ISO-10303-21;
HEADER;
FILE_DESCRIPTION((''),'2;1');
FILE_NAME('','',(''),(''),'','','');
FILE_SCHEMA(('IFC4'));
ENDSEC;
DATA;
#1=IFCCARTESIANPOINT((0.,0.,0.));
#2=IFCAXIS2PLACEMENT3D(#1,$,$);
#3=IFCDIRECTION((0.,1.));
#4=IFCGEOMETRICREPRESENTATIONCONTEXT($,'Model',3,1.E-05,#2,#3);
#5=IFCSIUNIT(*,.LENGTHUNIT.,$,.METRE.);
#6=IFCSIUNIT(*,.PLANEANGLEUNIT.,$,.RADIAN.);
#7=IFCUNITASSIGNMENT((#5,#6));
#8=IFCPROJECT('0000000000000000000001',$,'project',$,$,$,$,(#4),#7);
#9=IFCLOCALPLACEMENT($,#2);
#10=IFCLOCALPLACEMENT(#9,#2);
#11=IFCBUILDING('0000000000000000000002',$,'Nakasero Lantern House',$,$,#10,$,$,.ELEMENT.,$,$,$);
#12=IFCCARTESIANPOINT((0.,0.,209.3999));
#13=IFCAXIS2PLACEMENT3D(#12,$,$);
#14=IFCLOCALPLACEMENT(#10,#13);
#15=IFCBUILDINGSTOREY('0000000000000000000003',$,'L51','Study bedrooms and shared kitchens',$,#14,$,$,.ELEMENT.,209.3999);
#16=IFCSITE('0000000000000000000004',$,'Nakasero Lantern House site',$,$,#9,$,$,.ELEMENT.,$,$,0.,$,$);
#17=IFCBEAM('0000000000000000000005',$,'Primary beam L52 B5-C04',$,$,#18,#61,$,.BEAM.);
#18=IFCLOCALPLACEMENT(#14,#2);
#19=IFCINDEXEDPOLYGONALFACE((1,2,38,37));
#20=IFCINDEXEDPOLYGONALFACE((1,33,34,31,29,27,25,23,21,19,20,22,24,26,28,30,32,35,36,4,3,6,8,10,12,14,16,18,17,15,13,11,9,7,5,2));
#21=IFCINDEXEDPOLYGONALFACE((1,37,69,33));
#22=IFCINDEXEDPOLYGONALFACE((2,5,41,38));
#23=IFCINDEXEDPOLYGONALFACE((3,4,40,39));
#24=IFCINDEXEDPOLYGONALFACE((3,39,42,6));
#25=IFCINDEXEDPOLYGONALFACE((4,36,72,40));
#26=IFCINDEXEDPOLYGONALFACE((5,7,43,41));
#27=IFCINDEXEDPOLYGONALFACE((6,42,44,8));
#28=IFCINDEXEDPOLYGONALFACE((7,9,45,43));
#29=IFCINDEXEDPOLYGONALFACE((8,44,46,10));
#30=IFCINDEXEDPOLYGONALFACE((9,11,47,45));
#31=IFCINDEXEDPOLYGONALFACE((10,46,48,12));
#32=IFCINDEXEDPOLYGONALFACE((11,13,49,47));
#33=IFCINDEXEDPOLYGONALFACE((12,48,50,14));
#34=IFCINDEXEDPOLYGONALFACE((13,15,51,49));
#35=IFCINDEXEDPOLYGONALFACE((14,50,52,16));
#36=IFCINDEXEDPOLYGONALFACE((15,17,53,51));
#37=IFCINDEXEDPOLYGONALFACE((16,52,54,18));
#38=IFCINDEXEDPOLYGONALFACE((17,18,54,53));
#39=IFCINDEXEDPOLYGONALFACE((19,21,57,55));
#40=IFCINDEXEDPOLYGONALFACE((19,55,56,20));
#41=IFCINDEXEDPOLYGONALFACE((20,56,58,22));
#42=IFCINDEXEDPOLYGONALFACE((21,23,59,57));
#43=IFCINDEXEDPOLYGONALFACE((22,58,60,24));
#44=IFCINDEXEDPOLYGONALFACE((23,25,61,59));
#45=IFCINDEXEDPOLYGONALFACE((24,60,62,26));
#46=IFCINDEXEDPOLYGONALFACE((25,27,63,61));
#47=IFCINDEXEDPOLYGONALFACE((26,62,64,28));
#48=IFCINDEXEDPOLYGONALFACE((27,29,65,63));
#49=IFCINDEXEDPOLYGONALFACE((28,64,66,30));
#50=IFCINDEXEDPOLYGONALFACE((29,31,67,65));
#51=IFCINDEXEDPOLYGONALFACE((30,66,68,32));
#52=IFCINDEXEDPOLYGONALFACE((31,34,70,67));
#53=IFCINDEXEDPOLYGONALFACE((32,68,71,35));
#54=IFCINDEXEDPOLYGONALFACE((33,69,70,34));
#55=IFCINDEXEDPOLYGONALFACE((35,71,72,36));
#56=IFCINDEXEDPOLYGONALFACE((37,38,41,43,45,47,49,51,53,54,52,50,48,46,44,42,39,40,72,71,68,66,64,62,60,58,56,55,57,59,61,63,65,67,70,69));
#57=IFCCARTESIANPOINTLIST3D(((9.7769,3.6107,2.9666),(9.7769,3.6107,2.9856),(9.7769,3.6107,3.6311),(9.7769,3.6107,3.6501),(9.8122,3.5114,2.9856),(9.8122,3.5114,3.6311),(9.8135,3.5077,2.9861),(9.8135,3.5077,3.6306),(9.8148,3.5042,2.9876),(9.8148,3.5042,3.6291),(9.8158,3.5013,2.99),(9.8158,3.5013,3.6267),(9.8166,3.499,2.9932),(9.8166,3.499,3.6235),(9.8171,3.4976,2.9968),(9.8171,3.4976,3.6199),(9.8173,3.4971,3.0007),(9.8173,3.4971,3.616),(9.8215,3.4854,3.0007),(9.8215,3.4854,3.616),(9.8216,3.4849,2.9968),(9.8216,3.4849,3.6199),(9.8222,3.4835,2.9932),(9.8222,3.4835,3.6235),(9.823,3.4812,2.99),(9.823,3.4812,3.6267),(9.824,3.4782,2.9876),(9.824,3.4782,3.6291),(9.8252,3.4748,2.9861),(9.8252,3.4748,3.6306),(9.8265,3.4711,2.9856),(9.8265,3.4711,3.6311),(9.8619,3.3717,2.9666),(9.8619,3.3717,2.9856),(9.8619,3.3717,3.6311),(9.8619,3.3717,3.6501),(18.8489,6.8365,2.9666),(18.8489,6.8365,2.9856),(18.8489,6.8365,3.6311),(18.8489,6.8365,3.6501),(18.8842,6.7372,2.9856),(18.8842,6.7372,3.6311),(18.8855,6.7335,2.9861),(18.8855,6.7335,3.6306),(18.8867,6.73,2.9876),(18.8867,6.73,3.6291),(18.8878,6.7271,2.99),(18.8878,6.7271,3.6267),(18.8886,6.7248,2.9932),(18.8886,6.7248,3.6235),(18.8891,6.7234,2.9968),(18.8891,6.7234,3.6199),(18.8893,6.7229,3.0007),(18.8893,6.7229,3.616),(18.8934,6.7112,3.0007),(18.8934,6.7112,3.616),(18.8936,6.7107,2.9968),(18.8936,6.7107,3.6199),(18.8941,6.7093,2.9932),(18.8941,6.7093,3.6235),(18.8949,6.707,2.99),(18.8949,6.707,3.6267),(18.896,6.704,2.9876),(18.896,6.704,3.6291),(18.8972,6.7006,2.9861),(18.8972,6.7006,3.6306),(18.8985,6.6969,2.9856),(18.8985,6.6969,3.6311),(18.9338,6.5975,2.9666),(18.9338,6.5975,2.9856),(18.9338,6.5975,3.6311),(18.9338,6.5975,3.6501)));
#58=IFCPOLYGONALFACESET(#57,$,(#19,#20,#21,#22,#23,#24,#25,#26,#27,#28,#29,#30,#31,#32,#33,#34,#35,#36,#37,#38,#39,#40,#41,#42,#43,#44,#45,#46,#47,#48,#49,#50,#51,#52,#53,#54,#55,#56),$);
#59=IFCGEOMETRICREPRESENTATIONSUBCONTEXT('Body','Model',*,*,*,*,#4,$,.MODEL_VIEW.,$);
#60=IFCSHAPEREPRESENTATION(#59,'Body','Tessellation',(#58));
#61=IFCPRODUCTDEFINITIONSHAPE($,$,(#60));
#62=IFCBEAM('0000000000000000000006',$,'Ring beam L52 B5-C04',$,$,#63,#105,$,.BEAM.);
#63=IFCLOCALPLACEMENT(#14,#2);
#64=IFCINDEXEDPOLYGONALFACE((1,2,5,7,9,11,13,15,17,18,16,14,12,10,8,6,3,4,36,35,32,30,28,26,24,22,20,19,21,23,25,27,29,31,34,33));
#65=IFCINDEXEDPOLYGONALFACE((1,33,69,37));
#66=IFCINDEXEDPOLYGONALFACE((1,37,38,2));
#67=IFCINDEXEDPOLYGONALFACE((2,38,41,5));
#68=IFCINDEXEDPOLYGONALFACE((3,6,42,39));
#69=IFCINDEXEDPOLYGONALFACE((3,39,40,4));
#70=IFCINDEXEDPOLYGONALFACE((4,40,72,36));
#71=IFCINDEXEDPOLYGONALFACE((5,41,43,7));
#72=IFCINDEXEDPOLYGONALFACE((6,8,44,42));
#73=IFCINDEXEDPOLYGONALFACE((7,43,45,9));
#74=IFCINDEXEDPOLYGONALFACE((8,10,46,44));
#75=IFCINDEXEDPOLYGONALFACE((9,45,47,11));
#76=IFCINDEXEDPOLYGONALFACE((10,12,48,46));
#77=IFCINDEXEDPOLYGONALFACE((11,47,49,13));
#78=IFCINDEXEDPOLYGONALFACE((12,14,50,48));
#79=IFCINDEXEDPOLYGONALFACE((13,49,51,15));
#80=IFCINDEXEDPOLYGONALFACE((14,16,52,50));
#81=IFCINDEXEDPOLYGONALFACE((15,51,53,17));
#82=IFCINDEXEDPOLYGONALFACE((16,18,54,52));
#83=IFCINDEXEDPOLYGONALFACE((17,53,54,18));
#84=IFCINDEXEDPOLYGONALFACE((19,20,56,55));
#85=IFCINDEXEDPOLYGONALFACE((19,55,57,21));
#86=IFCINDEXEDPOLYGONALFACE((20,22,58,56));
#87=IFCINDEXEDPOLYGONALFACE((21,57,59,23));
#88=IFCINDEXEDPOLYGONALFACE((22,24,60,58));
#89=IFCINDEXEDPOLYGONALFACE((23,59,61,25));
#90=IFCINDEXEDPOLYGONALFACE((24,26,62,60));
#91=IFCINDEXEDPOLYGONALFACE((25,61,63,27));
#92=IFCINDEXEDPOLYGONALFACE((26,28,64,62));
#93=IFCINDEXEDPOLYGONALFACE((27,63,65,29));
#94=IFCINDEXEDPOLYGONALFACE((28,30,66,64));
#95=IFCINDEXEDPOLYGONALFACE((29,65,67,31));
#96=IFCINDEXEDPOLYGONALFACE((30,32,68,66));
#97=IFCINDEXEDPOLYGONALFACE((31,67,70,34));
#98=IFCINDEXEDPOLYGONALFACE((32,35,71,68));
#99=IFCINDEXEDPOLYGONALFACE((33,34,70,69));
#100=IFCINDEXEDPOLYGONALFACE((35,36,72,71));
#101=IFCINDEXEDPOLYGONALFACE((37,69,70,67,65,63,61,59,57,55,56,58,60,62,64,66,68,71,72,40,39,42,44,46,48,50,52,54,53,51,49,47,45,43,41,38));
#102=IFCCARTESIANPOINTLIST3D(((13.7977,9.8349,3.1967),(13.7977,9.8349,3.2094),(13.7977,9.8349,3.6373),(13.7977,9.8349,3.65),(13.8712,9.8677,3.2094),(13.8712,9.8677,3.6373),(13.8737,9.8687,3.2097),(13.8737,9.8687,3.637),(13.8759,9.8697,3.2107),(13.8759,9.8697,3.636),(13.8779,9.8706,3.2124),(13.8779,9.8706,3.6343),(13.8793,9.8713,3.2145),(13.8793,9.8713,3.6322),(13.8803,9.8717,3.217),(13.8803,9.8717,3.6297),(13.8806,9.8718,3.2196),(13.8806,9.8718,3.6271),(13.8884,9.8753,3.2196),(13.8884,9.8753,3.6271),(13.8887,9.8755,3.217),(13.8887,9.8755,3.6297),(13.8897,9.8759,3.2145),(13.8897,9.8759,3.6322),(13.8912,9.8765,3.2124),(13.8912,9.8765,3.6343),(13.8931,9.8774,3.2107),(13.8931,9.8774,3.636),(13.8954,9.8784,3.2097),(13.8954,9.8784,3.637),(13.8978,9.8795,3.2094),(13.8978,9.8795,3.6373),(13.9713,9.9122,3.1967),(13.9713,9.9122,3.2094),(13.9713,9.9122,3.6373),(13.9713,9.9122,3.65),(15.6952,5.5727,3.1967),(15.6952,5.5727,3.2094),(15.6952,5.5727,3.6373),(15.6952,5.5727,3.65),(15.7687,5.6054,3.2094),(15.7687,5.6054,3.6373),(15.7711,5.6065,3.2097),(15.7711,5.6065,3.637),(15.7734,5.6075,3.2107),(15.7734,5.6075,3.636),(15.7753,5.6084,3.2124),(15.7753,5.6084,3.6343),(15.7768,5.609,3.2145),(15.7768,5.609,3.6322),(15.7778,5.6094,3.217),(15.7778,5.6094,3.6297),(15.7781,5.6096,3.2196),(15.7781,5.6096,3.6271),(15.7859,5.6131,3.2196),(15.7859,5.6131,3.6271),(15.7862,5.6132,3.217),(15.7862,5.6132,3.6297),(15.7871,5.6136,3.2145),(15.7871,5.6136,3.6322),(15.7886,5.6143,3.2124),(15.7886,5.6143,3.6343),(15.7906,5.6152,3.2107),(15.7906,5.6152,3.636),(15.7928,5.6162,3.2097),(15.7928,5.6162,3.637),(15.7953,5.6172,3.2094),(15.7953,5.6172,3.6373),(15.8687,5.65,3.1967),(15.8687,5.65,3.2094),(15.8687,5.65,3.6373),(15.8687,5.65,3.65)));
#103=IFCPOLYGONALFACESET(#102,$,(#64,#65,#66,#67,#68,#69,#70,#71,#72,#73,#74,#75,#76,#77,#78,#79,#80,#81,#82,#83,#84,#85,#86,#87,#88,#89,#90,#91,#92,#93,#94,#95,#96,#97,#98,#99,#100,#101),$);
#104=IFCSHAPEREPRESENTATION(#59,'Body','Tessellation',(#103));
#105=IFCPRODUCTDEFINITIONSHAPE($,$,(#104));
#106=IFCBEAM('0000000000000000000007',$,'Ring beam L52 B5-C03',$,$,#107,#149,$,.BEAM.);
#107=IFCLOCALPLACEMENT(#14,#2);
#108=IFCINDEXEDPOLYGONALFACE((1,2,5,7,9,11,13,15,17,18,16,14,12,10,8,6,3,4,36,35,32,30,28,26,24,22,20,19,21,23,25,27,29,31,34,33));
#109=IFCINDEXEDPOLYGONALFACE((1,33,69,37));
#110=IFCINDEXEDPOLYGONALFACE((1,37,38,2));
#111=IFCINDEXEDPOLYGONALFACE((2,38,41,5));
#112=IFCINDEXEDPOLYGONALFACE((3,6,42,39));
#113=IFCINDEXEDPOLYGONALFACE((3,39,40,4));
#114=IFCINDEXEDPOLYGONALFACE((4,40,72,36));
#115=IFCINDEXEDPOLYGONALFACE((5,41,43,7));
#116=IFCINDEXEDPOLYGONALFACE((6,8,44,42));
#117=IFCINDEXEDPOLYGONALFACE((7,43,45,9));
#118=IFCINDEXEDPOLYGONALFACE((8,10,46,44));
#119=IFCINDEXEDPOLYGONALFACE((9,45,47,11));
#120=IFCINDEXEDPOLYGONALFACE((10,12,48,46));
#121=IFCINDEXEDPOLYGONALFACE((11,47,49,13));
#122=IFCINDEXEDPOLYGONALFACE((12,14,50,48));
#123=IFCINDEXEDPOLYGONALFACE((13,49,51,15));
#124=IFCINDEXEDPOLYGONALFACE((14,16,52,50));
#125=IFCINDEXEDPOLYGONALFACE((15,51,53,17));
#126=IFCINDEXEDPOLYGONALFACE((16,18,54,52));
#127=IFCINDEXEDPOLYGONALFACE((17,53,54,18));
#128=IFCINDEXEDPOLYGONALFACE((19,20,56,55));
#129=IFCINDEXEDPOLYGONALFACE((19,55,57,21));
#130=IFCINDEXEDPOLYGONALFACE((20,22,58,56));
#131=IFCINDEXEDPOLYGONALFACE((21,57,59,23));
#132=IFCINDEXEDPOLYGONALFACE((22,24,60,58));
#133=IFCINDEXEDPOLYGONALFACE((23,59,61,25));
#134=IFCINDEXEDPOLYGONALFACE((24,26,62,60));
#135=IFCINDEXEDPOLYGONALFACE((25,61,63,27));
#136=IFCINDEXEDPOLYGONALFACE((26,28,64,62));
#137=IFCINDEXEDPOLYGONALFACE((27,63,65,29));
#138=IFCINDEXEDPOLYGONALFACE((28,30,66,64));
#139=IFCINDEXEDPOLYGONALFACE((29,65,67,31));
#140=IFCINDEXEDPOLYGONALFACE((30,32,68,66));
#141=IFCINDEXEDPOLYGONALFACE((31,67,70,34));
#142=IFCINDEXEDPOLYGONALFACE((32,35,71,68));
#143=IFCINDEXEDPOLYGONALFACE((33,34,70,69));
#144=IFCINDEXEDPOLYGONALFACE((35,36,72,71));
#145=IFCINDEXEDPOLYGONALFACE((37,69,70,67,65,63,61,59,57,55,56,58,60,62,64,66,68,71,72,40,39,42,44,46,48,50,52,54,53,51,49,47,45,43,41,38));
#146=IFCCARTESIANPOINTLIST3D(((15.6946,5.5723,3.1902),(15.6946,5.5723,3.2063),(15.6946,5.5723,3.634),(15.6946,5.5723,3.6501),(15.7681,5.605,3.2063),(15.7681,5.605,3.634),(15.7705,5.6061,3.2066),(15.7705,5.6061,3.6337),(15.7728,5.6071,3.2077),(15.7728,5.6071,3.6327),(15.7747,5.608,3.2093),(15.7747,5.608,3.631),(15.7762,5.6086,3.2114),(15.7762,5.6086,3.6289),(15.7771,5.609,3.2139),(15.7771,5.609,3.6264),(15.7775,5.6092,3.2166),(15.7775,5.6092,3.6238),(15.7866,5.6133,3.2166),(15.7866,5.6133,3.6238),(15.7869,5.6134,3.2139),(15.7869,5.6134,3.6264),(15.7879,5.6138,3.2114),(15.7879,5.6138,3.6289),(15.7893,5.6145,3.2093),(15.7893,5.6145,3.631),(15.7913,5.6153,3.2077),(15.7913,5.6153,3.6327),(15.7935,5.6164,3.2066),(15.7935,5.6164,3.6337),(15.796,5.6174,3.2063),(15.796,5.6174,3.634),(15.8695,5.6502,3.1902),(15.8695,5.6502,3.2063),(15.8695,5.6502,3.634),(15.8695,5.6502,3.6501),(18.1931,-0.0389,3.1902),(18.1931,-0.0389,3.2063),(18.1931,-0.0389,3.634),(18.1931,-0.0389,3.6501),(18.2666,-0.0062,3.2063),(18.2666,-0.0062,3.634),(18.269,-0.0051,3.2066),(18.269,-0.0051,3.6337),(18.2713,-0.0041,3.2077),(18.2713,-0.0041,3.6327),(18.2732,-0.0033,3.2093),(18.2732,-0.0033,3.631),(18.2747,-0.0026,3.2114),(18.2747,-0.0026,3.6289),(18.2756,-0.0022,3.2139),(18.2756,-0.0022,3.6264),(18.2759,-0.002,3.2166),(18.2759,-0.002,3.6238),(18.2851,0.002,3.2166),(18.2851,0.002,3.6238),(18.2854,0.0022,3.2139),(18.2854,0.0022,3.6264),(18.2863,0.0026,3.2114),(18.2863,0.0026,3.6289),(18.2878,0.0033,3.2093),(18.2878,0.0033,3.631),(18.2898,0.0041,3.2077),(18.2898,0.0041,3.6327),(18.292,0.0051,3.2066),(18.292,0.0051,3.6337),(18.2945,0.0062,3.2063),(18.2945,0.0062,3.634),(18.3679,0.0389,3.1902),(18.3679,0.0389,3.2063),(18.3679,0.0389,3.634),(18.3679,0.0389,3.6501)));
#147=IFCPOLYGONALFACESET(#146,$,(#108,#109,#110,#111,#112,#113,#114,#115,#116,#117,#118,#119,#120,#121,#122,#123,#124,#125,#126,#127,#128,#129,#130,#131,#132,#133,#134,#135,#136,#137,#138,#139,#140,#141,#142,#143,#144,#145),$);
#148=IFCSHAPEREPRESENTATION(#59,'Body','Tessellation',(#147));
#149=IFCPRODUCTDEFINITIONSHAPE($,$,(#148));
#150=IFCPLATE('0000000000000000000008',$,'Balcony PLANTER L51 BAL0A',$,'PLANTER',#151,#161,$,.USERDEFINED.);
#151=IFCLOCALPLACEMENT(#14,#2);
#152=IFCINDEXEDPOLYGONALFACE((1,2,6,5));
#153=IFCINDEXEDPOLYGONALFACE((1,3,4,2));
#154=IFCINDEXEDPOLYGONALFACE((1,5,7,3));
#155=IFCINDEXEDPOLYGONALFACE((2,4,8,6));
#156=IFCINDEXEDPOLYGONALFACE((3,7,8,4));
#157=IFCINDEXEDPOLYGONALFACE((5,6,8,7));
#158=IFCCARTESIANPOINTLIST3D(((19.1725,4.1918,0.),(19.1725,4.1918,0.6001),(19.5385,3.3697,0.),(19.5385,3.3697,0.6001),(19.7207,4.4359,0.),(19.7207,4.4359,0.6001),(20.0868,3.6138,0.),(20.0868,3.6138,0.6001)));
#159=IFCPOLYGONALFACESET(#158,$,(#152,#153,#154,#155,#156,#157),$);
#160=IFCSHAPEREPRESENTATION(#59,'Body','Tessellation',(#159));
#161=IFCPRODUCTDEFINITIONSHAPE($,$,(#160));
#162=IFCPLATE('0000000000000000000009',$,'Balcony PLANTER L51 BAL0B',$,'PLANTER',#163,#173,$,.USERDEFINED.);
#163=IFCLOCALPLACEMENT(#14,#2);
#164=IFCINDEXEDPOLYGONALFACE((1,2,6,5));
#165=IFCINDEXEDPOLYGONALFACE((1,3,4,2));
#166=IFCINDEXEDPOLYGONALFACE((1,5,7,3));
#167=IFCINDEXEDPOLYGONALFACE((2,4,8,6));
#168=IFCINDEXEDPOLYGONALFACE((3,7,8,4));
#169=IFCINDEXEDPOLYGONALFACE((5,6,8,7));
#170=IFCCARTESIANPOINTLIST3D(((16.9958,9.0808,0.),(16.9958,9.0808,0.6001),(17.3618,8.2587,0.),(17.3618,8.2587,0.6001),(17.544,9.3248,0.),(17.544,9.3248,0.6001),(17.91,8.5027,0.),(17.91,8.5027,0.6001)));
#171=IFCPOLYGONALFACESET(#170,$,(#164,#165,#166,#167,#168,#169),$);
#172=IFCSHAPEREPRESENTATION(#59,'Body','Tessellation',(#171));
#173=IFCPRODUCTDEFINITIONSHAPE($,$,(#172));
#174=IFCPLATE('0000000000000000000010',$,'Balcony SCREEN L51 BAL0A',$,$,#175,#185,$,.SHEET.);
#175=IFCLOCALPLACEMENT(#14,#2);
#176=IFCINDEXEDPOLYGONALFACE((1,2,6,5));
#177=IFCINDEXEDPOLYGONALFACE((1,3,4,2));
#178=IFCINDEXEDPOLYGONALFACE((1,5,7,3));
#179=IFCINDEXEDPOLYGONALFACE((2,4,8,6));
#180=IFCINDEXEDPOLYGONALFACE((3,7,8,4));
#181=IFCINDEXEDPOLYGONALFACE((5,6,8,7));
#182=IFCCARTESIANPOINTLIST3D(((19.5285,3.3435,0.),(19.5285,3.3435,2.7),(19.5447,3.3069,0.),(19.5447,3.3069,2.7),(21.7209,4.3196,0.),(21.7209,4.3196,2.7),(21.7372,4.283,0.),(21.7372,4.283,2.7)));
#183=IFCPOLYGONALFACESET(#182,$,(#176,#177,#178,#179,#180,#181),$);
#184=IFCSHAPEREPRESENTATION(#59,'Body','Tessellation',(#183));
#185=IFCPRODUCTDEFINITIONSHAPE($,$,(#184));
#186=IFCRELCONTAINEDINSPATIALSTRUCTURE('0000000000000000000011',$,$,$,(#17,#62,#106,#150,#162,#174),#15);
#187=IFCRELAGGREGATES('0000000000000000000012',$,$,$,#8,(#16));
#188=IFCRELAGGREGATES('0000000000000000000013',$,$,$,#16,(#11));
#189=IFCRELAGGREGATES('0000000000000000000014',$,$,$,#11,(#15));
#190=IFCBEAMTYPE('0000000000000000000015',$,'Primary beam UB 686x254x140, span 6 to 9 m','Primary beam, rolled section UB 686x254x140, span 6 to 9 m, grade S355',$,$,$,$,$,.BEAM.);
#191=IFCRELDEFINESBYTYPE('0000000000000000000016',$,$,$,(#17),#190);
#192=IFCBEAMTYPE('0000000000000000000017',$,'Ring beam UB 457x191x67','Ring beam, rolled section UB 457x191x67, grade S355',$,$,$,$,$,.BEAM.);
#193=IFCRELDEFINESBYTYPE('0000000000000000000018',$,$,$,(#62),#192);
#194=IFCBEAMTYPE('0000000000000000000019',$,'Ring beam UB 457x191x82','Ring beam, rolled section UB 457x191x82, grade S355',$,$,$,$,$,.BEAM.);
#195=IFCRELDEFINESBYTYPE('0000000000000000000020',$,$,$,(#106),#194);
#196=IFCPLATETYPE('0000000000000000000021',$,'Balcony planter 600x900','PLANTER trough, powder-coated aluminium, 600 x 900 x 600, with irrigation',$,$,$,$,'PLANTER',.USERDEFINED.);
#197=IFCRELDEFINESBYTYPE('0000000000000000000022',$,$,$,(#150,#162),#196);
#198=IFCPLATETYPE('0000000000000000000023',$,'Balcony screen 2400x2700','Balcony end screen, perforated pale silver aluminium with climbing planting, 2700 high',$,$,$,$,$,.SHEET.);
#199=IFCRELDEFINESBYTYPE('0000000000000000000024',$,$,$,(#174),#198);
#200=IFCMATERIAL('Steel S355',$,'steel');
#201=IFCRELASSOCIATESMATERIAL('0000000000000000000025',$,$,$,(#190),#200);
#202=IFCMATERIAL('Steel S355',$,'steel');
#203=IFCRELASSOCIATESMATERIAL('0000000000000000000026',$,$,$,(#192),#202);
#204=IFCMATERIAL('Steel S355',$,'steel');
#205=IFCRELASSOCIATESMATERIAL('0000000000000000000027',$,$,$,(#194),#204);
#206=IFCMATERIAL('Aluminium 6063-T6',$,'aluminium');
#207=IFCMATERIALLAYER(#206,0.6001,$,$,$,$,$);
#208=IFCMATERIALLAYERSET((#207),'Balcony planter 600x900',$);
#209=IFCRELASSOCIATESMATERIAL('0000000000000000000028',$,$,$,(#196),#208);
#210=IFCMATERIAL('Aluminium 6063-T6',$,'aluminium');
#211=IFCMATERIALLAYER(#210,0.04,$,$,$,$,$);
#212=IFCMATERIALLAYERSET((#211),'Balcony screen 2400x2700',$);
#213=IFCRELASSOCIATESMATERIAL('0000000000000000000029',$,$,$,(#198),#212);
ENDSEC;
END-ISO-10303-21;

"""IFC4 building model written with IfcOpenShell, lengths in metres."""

from ifc_helpers import new_model, si_unit, direction, frame, origin, origin_2d, place, context, subcontext, project, spatial, rectangle, i_section, extrude, material, layer, layer_set, material_profile, profile_set, type_object, element, save


model = new_model("IFC4")

# Units and contexts
model_context = context("Model", 3, precision=1e-05, world=origin(), true_north=direction((0.0, 1.0)))
body_context = subcontext(model_context, "Body", "Model", "MODEL_VIEW")
ifc_project = project(units=[si_unit("LENGTHUNIT", "METRE"), si_unit("PLANEANGLEUNIT", "RADIAN")], contexts=[model_context])

# Site, building, storey
site_placement = place(None, origin())
site = spatial("IfcSite", under=ifc_project, at=site_placement, Name="Nakasero Lantern House site", CompositionType="ELEMENT", RefElevation=0.0)
building_placement = place(site_placement, origin())
building = spatial("IfcBuilding", under=site, at=building_placement, Name="Nakasero Lantern House", CompositionType="ELEMENT")
storey_placement = place(building_placement, frame((0.0, 0.0, 209.3999)))
storey = spatial("IfcBuildingStorey", under=building, at=storey_placement, Name="L51", Description="Study bedrooms and shared kitchens", CompositionType="ELEMENT", Elevation=209.3999)

# Beams
ifc_material_1 = material(Name="Steel S355", Category="steel")
ifc_material_profile_1 = material_profile(ifc_material_1, i_section(OverallWidth=0.2537, OverallDepth=0.6836, WebThickness=0.0125, FlangeThickness=0.019, FilletRadius=0.0151, at=origin_2d()), Name="UB 686x254x140")
ifc_profile_set_1 = profile_set([ifc_material_profile_1], Name="Steel S355")
beam_type_1 = type_object("IfcBeamType", Name="Primary beam UB 686x254x140, span 6 to 9 m", Description="Primary beam, rolled section UB 686x254x140, span 6 to 9 m, grade S355", PredefinedType="BEAM", material=ifc_profile_set_1)
beam_1_placement = place(storey_placement, frame((18.8914, 6.717, 3.3083), z_axis=(-0.942207, -0.33503, 0.0), x_axis=(0.33503, -0.942207, 0.0)))
element("IfcBeam", 1, at=beam_1_placement, inside=storey, type_object=beam_type_1, Name="Primary beam L52 B5-C04", PredefinedType="BEAM", context=body_context, shape_type="SweptSolid", body=[
    extrude(i_section(OverallWidth=0.2537, OverallDepth=0.6836, WebThickness=0.0125, FlangeThickness=0.019, FilletRadius=0.0151, at=origin_2d()), origin(), (0.0, 0.0, 1.0), 9.6284),
])
ifc_material_2 = material(Name="Steel S355", Category="steel")
ifc_material_profile_2 = material_profile(ifc_material_2, i_section(OverallWidth=0.1899, OverallDepth=0.4534, WebThickness=0.0085, FlangeThickness=0.0127, FilletRadius=0.0103, at=origin_2d()), Name="UB 457x191x67")
ifc_profile_set_2 = profile_set([ifc_material_profile_2], Name="Steel S355")
beam_type_2 = type_object("IfcBeamType", Name="Ring beam UB 457x191x67", Description="Ring beam, rolled section UB 457x191x67, grade S355", PredefinedType="BEAM", material=ifc_profile_set_2)
beam_2_placement = place(storey_placement, frame((15.782, 5.6113, 3.4233), z_axis=(-0.406702, 0.913561, 0.0), x_axis=(-0.913561, -0.406702, 0.0)))
element("IfcBeam", 2, at=beam_2_placement, inside=storey, type_object=beam_type_2, Name="Ring beam L52 B5-C04", PredefinedType="BEAM", context=body_context, shape_type="SweptSolid", body=[
    extrude(i_section(OverallWidth=0.1899, OverallDepth=0.4534, WebThickness=0.0085, FlangeThickness=0.0127, FilletRadius=0.0103, at=origin_2d()), origin(), (0.0, 0.0, 1.0), 4.6655),
])
ifc_material_3 = material(Name="Steel S355", Category="steel")
ifc_material_profile_3 = material_profile(ifc_material_3, i_section(OverallWidth=0.1914, OverallDepth=0.46, WebThickness=0.01, FlangeThickness=0.0161, FilletRadius=0.0103, at=origin_2d()), Name="UB 457x191x82")
ifc_profile_set_3 = profile_set([ifc_material_profile_3], Name="Steel S355")
beam_type_3 = type_object("IfcBeamType", Name="Ring beam UB 457x191x82", Description="Ring beam, rolled section UB 457x191x82, grade S355", PredefinedType="BEAM", material=ifc_profile_set_3)
beam_3_placement = place(storey_placement, frame((18.2805, 0.0, 3.4202), z_axis=(-0.406765, 0.913533, 0.0), x_axis=(-0.913533, -0.406765, 0.0)))
element("IfcBeam", 3, at=beam_3_placement, inside=storey, type_object=beam_type_3, Name="Ring beam L52 B5-C03", PredefinedType="BEAM", context=body_context, shape_type="SweptSolid", body=[
    extrude(i_section(OverallWidth=0.1914, OverallDepth=0.46, WebThickness=0.01, FlangeThickness=0.0161, FilletRadius=0.0103, at=origin_2d()), origin(), (0.0, 0.0, 1.0), 6.1423),
])

# Plates
ifc_material_4 = material(Name="Aluminium 6063-T6", Category="aluminium")
ifc_layer_1 = layer(ifc_material_4, 0.6001)
ifc_layer_set_1 = layer_set([ifc_layer_1], Name="Balcony planter 600x900")
plate_type_1 = type_object("IfcPlateType", Name="Balcony planter 600x900", Description="PLANTER trough, powder-coated aluminium, 600 x 900 x 600, with irrigation", ElementType="PLANTER", PredefinedType="USERDEFINED", material=ifc_layer_set_1)
for number, where, z_axis, x_axis, name in (
    (4, (19.6296, 3.9028, 0.0), (0.0, 0.0, 1.0), (0.913545, 0.406737, 0.0), "Balcony PLANTER L51 BAL0A"),
    (5, (17.4529, 8.7917, 0.0), (0.0, 0.0, 1.0), (0.913545, 0.406737, 0.0), "Balcony PLANTER L51 BAL0B"),
):
    element("IfcPlate", number, at=place(storey_placement, frame(where, z_axis=z_axis, x_axis=x_axis)), inside=storey, type_object=plate_type_1, Name=name, ObjectType="PLANTER", PredefinedType="USERDEFINED", context=body_context, shape_type="SweptSolid", body=[
        extrude(rectangle(XDim=0.6001, YDim=0.8999, at=origin_2d()), origin(), (0.0, 0.0, 1.0), 0.6001),
    ])
ifc_material_5 = material(Name="Aluminium 6063-T6", Category="aluminium")
ifc_layer_2 = layer(ifc_material_5, 0.04)
ifc_layer_set_2 = layer_set([ifc_layer_2], Name="Balcony screen 2400x2700")
plate_type_2 = type_object("IfcPlateType", Name="Balcony screen 2400x2700", Description="Balcony end screen, perforated pale silver aluminium with climbing planting, 2700 high", PredefinedType="SHEET", material=ifc_layer_set_2)
for number, where, z_axis, x_axis, name in (
    (6, (20.6328, 3.8132, 0.0), (0.0, 0.0, 1.0), (0.913545, 0.406737, 0.0), "Balcony SCREEN L51 BAL0A"),
):
    element("IfcPlate", number, at=place(storey_placement, frame(where, z_axis=z_axis, x_axis=x_axis)), inside=storey, type_object=plate_type_2, Name=name, PredefinedType="SHEET", context=body_context, shape_type="SweptSolid", body=[
        extrude(rectangle(XDim=2.3999, YDim=0.04, at=origin_2d()), origin(), (0.0, 0.0, 1.0), 2.7),
    ])

save(model, "model.ifc")
